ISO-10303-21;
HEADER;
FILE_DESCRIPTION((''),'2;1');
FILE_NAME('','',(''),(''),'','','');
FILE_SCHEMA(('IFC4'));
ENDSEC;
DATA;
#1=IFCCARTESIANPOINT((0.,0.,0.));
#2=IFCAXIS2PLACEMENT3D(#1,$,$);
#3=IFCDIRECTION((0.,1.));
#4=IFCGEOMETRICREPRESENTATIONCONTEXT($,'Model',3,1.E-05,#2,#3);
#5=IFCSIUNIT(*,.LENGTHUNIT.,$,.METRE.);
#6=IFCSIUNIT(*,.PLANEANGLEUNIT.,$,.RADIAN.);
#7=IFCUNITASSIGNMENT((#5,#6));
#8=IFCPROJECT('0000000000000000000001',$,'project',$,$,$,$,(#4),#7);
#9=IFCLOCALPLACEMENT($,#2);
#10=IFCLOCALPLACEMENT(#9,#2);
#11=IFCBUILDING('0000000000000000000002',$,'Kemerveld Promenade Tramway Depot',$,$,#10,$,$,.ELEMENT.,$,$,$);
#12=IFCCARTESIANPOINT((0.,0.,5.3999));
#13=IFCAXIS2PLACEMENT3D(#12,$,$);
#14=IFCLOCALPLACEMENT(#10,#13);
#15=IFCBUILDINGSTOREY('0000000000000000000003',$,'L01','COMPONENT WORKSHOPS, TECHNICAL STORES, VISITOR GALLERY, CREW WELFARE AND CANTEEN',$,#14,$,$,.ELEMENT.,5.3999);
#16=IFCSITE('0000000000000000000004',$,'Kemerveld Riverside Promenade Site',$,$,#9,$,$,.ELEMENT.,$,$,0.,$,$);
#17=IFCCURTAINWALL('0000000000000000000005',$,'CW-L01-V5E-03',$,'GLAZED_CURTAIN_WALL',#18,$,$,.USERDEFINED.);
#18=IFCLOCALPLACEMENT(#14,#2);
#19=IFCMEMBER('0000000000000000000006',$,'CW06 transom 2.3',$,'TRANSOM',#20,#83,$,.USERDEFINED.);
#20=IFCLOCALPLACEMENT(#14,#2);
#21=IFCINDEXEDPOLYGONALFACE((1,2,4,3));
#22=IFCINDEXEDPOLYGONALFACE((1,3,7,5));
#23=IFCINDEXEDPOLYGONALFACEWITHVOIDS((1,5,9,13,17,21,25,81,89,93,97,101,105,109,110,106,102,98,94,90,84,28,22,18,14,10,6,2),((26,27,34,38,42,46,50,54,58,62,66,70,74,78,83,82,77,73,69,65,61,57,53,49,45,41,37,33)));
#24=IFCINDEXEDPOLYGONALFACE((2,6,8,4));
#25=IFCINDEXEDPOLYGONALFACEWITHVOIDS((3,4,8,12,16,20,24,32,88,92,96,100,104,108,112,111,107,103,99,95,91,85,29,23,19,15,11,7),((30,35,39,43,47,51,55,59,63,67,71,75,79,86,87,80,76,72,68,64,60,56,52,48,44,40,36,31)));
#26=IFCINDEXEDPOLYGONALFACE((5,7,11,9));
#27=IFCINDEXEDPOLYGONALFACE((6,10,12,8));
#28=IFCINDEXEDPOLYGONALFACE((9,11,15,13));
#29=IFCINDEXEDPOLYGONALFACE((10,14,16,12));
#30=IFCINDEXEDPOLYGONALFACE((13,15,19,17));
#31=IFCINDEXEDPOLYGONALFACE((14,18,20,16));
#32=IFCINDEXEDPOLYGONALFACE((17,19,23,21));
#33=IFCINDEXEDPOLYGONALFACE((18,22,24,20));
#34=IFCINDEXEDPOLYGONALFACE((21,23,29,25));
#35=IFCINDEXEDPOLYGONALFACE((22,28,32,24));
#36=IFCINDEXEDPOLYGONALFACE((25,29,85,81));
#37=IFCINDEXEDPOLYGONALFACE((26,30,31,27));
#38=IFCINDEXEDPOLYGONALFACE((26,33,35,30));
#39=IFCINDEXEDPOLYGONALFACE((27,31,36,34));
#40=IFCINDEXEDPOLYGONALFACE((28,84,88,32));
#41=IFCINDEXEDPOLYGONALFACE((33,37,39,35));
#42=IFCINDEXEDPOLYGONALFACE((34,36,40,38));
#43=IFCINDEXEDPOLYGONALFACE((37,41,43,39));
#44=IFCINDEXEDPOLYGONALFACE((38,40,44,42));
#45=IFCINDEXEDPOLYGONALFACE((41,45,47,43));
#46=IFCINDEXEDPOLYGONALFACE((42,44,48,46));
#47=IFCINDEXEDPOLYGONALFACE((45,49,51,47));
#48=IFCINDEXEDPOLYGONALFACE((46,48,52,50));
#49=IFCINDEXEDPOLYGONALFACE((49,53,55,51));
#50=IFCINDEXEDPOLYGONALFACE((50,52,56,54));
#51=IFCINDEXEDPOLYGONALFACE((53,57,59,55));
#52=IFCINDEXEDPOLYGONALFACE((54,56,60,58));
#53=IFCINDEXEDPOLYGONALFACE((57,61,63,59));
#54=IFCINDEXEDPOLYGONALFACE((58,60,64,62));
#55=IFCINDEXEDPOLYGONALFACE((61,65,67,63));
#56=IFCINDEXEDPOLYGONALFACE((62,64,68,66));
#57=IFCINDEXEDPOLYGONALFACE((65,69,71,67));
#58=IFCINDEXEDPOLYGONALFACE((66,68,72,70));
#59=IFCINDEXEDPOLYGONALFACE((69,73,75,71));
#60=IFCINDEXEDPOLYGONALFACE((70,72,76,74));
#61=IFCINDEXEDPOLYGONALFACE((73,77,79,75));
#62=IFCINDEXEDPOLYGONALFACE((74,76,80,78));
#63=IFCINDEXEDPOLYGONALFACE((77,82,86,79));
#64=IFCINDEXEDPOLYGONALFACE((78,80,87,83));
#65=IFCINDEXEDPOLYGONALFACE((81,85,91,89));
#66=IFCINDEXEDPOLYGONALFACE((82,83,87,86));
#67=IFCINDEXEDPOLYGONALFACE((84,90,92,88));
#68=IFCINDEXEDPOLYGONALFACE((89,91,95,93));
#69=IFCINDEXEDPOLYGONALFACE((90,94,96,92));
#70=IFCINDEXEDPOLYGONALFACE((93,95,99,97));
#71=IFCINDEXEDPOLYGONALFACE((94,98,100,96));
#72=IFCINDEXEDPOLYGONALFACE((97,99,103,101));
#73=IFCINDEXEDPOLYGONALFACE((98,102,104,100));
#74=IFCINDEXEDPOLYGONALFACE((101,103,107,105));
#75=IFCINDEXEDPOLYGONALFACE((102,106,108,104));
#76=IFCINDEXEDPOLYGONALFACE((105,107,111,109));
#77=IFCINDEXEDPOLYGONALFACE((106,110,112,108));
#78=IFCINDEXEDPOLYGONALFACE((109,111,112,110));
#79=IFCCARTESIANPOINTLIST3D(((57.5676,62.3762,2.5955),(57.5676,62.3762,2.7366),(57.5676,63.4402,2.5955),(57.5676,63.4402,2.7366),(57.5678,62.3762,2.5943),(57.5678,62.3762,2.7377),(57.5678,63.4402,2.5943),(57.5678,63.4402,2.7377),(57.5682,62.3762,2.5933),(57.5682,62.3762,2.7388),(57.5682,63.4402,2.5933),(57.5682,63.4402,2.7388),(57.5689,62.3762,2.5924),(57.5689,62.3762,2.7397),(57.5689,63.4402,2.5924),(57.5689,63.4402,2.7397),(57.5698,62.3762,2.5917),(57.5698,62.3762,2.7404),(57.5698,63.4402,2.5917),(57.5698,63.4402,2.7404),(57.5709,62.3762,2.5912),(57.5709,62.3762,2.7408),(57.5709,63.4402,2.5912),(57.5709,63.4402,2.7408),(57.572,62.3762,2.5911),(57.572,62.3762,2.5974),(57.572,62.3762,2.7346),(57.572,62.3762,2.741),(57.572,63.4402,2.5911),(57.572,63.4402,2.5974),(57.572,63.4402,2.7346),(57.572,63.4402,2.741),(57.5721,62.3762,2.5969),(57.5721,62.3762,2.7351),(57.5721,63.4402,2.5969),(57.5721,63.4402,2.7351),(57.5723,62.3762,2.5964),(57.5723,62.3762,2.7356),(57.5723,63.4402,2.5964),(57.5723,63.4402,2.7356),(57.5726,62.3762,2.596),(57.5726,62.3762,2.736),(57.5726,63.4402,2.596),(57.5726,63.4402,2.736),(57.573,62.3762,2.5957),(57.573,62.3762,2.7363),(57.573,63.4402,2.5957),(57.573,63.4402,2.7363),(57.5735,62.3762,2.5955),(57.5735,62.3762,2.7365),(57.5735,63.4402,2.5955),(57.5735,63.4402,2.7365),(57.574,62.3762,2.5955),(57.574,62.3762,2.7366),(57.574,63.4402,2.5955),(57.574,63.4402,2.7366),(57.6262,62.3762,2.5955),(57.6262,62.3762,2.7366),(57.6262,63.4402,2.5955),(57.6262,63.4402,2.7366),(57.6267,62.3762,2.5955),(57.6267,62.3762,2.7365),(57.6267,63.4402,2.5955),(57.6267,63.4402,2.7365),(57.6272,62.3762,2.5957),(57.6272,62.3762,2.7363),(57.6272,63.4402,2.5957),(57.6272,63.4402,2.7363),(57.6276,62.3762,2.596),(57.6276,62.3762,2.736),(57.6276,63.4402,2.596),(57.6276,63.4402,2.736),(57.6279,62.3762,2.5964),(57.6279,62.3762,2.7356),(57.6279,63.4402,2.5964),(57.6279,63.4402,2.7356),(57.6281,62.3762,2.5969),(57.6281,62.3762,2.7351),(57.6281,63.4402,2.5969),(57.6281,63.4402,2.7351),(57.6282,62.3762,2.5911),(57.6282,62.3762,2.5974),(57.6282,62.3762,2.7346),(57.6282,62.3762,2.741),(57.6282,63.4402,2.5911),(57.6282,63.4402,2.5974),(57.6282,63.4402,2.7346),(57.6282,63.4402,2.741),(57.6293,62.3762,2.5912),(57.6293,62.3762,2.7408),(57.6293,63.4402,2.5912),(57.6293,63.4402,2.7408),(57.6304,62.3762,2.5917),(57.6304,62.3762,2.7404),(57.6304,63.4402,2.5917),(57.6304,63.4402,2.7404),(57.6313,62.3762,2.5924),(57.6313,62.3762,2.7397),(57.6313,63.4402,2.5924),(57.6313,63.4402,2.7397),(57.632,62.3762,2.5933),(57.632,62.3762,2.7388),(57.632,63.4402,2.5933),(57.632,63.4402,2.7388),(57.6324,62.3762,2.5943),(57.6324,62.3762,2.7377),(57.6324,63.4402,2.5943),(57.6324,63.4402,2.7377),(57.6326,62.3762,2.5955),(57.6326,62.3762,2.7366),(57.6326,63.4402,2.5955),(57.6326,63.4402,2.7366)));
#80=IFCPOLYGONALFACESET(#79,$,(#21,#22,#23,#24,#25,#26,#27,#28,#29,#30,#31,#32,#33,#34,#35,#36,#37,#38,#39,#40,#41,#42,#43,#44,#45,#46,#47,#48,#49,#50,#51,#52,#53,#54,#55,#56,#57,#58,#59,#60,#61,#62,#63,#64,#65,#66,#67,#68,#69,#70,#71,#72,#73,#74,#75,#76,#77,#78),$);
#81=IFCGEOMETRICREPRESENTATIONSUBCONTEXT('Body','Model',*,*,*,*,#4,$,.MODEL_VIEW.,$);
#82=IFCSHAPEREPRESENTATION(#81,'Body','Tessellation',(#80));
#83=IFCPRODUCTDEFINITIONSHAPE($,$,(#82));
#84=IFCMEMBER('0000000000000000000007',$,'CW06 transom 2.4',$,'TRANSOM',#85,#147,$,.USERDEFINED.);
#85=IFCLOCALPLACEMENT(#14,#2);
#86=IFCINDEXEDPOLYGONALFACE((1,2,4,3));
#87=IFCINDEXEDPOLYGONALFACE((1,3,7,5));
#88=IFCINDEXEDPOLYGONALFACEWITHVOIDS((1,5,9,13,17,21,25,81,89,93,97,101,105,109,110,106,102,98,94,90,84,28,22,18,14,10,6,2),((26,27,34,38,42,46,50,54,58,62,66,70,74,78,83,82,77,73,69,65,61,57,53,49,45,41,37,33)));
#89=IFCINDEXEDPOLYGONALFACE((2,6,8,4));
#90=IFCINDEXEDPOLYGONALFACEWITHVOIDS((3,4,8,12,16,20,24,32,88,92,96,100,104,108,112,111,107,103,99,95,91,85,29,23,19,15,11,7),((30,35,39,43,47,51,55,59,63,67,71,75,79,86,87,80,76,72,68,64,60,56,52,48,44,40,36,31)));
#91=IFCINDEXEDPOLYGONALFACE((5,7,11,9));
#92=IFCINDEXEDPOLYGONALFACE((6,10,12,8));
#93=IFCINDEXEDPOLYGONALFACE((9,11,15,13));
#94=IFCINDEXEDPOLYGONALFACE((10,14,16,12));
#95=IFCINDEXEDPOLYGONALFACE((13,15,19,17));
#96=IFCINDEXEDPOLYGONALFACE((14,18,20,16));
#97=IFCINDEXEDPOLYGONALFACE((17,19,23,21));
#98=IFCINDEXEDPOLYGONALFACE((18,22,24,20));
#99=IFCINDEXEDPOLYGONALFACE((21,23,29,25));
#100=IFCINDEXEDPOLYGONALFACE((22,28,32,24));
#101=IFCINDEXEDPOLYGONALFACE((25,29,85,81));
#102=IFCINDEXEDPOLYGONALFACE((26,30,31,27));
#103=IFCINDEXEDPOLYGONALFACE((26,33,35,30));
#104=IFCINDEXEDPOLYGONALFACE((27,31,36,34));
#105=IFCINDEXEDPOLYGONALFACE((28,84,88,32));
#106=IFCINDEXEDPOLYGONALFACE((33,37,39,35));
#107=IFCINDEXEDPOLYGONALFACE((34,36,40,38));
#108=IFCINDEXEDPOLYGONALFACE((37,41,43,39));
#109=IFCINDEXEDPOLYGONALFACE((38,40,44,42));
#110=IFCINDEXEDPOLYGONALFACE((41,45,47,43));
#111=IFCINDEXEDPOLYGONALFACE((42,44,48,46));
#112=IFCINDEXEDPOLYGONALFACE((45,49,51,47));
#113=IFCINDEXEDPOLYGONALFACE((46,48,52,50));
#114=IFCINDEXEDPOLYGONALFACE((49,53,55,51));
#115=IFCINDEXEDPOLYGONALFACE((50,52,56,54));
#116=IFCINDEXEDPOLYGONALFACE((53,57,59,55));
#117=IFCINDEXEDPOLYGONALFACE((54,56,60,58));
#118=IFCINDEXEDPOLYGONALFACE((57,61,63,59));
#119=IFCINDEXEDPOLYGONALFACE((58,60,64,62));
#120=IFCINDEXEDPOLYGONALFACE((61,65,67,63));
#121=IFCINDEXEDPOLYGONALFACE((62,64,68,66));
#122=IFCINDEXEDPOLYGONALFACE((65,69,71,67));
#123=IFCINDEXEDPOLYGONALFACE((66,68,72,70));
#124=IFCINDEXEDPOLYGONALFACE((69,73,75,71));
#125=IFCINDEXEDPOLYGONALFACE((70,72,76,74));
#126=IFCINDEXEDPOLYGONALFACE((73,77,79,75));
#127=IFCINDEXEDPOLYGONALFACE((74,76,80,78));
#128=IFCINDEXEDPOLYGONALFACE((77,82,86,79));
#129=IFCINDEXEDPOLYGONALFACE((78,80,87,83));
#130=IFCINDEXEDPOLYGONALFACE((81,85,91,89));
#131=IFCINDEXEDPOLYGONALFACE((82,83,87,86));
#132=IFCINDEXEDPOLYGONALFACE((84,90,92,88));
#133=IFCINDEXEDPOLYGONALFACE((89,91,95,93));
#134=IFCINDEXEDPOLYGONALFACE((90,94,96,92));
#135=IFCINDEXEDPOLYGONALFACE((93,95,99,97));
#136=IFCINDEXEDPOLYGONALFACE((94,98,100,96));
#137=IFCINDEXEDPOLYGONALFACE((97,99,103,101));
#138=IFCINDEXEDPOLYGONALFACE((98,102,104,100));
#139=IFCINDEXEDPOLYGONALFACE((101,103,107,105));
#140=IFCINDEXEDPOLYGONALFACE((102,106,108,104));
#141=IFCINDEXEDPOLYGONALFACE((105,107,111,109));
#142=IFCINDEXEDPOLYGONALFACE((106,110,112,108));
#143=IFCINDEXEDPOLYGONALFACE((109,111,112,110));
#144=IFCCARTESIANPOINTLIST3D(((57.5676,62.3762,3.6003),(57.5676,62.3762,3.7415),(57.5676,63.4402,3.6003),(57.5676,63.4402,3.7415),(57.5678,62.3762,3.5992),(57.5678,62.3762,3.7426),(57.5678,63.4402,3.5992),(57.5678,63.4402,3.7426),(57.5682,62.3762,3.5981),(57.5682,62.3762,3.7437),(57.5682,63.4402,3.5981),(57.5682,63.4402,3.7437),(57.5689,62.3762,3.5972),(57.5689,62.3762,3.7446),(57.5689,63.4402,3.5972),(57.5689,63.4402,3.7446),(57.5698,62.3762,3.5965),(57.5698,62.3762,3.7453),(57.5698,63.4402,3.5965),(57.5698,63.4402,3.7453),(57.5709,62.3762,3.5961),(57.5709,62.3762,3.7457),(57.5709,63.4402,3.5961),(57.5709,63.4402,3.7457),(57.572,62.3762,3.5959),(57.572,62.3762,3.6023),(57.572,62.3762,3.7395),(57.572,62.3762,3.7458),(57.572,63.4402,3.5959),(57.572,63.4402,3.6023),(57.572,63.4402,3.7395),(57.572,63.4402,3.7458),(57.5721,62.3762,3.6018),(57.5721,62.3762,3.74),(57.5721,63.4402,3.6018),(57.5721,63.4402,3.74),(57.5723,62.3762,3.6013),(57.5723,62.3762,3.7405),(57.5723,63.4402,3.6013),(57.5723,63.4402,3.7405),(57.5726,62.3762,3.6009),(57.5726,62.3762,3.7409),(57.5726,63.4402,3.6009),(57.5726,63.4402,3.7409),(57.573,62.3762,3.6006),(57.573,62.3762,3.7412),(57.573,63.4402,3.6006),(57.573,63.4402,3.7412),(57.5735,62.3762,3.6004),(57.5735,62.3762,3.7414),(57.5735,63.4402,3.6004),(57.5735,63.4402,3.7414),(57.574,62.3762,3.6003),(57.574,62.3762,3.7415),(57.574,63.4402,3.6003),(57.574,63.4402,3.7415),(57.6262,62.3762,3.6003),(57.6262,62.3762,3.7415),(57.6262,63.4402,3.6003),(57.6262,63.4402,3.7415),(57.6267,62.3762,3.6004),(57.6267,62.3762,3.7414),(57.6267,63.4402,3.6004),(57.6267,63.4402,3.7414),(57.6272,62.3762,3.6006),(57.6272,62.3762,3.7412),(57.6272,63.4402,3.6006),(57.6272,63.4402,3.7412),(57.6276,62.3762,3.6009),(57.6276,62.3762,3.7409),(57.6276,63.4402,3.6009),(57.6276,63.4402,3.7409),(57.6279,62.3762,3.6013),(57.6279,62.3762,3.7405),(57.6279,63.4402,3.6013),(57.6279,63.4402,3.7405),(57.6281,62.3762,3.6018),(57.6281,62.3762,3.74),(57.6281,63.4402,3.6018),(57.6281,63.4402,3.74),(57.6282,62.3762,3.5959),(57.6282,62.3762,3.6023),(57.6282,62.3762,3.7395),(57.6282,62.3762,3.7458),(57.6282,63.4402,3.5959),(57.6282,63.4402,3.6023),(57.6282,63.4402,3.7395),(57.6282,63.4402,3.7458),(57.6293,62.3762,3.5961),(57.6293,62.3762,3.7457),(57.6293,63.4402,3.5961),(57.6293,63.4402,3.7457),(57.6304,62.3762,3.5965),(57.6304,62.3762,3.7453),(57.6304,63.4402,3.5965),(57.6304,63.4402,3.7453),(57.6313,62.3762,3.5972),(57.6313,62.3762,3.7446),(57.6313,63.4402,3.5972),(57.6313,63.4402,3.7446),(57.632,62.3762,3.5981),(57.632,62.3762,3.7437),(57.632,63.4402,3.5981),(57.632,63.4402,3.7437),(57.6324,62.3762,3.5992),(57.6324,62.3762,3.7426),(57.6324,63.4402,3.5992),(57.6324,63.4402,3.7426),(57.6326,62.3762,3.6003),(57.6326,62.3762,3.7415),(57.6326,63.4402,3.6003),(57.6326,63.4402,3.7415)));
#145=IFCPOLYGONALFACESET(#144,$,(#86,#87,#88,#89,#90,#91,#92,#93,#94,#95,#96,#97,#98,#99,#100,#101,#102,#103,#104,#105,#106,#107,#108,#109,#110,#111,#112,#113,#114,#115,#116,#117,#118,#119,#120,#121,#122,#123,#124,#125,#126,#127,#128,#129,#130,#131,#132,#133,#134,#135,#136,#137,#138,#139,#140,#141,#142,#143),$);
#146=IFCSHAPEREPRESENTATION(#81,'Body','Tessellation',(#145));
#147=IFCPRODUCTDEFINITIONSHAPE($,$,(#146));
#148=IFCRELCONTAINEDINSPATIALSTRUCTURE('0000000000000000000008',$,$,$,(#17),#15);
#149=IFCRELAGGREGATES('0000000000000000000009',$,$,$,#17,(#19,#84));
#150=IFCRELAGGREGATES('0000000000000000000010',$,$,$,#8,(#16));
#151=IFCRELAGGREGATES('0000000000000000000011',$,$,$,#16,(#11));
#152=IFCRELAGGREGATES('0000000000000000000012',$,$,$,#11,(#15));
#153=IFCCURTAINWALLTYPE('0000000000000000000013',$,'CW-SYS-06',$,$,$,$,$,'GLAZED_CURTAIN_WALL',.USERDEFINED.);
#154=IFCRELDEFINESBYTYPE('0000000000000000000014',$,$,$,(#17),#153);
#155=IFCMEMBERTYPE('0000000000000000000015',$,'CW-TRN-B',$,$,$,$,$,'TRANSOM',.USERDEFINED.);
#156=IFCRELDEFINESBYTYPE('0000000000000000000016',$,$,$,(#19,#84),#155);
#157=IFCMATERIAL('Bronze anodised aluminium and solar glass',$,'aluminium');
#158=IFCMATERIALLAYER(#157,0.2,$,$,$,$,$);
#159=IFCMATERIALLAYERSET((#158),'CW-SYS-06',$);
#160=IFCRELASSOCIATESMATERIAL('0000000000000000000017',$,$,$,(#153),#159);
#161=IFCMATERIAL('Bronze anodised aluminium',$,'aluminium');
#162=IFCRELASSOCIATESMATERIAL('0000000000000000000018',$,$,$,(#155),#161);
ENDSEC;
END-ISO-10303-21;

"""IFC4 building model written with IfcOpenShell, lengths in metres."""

from ifc_helpers import new_model, si_unit, direction, frame, origin, origin_2d, place, context, subcontext, project, spatial, hollow_rectangle, extrude, material, layer, layer_set, material_profile, profile_set, type_object, element, aggregate, save


model = new_model("IFC4")

# Units and contexts
model_context = context("Model", 3, precision=1e-05, world=origin(), true_north=direction((0.0, 1.0)))
body_context = subcontext(model_context, "Body", "Model", "MODEL_VIEW")
ifc_project = project(units=[si_unit("LENGTHUNIT", "METRE"), si_unit("PLANEANGLEUNIT", "RADIAN")], contexts=[model_context])

# Site, building, storey
site_placement = place(None, origin())
site = spatial("IfcSite", under=ifc_project, at=site_placement, Name="Kemerveld Riverside Promenade Site", CompositionType="ELEMENT", RefElevation=0.0)
building_placement = place(site_placement, origin())
building = spatial("IfcBuilding", under=site, at=building_placement, Name="Kemerveld Promenade Tramway Depot", CompositionType="ELEMENT")
storey_placement = place(building_placement, frame((0.0, 0.0, 5.3999)))
storey = spatial("IfcBuildingStorey", under=building, at=storey_placement, Name="L01", Description="COMPONENT WORKSHOPS, TECHNICAL STORES, VISITOR GALLERY, CREW WELFARE AND CANTEEN", CompositionType="ELEMENT", Elevation=5.3999)

# Shared definitions
ifc_material_1 = material(Name="Bronze anodised aluminium and solar glass", Category="aluminium")
ifc_material_2 = material(Name="Bronze anodised aluminium", Category="aluminium")

# Curtain wall
ifc_layer_1 = layer(ifc_material_1, 0.2)
ifc_layer_set_1 = layer_set([ifc_layer_1], Name="CW-SYS-06")
curtain_wall_type_1 = type_object("IfcCurtainWallType", Name="CW-SYS-06", ElementType="GLAZED_CURTAIN_WALL", PredefinedType="USERDEFINED", material=ifc_layer_set_1)
curtain_wall_1_placement = place(storey_placement, origin())
curtain_wall_1 = element("IfcCurtainWall", 1, at=curtain_wall_1_placement, inside=storey, type_object=curtain_wall_type_1, Name="CW-L01-V5E-03", ObjectType="GLAZED_CURTAIN_WALL", PredefinedType="USERDEFINED")

# Members
ifc_material_profile_1 = material_profile(ifc_material_2, hollow_rectangle(XDim=0.0649, YDim=0.1499, WallThickness=0.0044, InnerFilletRadius=0.002, OuterFilletRadius=0.0044, at=origin_2d()), Name="CW-TRN-150x65")
ifc_profile_set_1 = profile_set([ifc_material_profile_1], Name="Bronze anodised aluminium")
member_type_1 = type_object("IfcMemberType", Name="CW-TRN-B", ElementType="TRANSOM", PredefinedType="USERDEFINED", material=ifc_profile_set_1)
member_1_placement = place(storey_placement, frame((57.6001, 63.4402, 2.666), z_axis=(0.0, -1.0, 0.0), x_axis=(1.0, 0.0, 0.0)))
member_1 = element("IfcMember", 2, at=member_1_placement, type_object=member_type_1, Name="CW06 transom 2.3", ObjectType="TRANSOM", PredefinedType="USERDEFINED", context=body_context, shape_type="SweptSolid", body=[
    extrude(hollow_rectangle(XDim=0.0649, YDim=0.1499, WallThickness=0.0044, InnerFilletRadius=0.002, OuterFilletRadius=0.0044, at=origin_2d()), origin(), (0.0, 0.0, 1.0), 1.064),
])
member_2_placement = place(storey_placement, frame((57.6001, 63.4402, 3.6709), z_axis=(0.0, -1.0, 0.0), x_axis=(1.0, 0.0, 0.0)))
member_2 = element("IfcMember", 3, at=member_2_placement, type_object=member_type_1, Name="CW06 transom 2.4", ObjectType="TRANSOM", PredefinedType="USERDEFINED", context=body_context, shape_type="SweptSolid", body=[
    extrude(hollow_rectangle(XDim=0.0649, YDim=0.1499, WallThickness=0.0044, InnerFilletRadius=0.002, OuterFilletRadius=0.0044, at=origin_2d()), origin(), (0.0, 0.0, 1.0), 1.064),
])

aggregate(curtain_wall_1, [member_1, member_2])

save(model, "model.ifc")
